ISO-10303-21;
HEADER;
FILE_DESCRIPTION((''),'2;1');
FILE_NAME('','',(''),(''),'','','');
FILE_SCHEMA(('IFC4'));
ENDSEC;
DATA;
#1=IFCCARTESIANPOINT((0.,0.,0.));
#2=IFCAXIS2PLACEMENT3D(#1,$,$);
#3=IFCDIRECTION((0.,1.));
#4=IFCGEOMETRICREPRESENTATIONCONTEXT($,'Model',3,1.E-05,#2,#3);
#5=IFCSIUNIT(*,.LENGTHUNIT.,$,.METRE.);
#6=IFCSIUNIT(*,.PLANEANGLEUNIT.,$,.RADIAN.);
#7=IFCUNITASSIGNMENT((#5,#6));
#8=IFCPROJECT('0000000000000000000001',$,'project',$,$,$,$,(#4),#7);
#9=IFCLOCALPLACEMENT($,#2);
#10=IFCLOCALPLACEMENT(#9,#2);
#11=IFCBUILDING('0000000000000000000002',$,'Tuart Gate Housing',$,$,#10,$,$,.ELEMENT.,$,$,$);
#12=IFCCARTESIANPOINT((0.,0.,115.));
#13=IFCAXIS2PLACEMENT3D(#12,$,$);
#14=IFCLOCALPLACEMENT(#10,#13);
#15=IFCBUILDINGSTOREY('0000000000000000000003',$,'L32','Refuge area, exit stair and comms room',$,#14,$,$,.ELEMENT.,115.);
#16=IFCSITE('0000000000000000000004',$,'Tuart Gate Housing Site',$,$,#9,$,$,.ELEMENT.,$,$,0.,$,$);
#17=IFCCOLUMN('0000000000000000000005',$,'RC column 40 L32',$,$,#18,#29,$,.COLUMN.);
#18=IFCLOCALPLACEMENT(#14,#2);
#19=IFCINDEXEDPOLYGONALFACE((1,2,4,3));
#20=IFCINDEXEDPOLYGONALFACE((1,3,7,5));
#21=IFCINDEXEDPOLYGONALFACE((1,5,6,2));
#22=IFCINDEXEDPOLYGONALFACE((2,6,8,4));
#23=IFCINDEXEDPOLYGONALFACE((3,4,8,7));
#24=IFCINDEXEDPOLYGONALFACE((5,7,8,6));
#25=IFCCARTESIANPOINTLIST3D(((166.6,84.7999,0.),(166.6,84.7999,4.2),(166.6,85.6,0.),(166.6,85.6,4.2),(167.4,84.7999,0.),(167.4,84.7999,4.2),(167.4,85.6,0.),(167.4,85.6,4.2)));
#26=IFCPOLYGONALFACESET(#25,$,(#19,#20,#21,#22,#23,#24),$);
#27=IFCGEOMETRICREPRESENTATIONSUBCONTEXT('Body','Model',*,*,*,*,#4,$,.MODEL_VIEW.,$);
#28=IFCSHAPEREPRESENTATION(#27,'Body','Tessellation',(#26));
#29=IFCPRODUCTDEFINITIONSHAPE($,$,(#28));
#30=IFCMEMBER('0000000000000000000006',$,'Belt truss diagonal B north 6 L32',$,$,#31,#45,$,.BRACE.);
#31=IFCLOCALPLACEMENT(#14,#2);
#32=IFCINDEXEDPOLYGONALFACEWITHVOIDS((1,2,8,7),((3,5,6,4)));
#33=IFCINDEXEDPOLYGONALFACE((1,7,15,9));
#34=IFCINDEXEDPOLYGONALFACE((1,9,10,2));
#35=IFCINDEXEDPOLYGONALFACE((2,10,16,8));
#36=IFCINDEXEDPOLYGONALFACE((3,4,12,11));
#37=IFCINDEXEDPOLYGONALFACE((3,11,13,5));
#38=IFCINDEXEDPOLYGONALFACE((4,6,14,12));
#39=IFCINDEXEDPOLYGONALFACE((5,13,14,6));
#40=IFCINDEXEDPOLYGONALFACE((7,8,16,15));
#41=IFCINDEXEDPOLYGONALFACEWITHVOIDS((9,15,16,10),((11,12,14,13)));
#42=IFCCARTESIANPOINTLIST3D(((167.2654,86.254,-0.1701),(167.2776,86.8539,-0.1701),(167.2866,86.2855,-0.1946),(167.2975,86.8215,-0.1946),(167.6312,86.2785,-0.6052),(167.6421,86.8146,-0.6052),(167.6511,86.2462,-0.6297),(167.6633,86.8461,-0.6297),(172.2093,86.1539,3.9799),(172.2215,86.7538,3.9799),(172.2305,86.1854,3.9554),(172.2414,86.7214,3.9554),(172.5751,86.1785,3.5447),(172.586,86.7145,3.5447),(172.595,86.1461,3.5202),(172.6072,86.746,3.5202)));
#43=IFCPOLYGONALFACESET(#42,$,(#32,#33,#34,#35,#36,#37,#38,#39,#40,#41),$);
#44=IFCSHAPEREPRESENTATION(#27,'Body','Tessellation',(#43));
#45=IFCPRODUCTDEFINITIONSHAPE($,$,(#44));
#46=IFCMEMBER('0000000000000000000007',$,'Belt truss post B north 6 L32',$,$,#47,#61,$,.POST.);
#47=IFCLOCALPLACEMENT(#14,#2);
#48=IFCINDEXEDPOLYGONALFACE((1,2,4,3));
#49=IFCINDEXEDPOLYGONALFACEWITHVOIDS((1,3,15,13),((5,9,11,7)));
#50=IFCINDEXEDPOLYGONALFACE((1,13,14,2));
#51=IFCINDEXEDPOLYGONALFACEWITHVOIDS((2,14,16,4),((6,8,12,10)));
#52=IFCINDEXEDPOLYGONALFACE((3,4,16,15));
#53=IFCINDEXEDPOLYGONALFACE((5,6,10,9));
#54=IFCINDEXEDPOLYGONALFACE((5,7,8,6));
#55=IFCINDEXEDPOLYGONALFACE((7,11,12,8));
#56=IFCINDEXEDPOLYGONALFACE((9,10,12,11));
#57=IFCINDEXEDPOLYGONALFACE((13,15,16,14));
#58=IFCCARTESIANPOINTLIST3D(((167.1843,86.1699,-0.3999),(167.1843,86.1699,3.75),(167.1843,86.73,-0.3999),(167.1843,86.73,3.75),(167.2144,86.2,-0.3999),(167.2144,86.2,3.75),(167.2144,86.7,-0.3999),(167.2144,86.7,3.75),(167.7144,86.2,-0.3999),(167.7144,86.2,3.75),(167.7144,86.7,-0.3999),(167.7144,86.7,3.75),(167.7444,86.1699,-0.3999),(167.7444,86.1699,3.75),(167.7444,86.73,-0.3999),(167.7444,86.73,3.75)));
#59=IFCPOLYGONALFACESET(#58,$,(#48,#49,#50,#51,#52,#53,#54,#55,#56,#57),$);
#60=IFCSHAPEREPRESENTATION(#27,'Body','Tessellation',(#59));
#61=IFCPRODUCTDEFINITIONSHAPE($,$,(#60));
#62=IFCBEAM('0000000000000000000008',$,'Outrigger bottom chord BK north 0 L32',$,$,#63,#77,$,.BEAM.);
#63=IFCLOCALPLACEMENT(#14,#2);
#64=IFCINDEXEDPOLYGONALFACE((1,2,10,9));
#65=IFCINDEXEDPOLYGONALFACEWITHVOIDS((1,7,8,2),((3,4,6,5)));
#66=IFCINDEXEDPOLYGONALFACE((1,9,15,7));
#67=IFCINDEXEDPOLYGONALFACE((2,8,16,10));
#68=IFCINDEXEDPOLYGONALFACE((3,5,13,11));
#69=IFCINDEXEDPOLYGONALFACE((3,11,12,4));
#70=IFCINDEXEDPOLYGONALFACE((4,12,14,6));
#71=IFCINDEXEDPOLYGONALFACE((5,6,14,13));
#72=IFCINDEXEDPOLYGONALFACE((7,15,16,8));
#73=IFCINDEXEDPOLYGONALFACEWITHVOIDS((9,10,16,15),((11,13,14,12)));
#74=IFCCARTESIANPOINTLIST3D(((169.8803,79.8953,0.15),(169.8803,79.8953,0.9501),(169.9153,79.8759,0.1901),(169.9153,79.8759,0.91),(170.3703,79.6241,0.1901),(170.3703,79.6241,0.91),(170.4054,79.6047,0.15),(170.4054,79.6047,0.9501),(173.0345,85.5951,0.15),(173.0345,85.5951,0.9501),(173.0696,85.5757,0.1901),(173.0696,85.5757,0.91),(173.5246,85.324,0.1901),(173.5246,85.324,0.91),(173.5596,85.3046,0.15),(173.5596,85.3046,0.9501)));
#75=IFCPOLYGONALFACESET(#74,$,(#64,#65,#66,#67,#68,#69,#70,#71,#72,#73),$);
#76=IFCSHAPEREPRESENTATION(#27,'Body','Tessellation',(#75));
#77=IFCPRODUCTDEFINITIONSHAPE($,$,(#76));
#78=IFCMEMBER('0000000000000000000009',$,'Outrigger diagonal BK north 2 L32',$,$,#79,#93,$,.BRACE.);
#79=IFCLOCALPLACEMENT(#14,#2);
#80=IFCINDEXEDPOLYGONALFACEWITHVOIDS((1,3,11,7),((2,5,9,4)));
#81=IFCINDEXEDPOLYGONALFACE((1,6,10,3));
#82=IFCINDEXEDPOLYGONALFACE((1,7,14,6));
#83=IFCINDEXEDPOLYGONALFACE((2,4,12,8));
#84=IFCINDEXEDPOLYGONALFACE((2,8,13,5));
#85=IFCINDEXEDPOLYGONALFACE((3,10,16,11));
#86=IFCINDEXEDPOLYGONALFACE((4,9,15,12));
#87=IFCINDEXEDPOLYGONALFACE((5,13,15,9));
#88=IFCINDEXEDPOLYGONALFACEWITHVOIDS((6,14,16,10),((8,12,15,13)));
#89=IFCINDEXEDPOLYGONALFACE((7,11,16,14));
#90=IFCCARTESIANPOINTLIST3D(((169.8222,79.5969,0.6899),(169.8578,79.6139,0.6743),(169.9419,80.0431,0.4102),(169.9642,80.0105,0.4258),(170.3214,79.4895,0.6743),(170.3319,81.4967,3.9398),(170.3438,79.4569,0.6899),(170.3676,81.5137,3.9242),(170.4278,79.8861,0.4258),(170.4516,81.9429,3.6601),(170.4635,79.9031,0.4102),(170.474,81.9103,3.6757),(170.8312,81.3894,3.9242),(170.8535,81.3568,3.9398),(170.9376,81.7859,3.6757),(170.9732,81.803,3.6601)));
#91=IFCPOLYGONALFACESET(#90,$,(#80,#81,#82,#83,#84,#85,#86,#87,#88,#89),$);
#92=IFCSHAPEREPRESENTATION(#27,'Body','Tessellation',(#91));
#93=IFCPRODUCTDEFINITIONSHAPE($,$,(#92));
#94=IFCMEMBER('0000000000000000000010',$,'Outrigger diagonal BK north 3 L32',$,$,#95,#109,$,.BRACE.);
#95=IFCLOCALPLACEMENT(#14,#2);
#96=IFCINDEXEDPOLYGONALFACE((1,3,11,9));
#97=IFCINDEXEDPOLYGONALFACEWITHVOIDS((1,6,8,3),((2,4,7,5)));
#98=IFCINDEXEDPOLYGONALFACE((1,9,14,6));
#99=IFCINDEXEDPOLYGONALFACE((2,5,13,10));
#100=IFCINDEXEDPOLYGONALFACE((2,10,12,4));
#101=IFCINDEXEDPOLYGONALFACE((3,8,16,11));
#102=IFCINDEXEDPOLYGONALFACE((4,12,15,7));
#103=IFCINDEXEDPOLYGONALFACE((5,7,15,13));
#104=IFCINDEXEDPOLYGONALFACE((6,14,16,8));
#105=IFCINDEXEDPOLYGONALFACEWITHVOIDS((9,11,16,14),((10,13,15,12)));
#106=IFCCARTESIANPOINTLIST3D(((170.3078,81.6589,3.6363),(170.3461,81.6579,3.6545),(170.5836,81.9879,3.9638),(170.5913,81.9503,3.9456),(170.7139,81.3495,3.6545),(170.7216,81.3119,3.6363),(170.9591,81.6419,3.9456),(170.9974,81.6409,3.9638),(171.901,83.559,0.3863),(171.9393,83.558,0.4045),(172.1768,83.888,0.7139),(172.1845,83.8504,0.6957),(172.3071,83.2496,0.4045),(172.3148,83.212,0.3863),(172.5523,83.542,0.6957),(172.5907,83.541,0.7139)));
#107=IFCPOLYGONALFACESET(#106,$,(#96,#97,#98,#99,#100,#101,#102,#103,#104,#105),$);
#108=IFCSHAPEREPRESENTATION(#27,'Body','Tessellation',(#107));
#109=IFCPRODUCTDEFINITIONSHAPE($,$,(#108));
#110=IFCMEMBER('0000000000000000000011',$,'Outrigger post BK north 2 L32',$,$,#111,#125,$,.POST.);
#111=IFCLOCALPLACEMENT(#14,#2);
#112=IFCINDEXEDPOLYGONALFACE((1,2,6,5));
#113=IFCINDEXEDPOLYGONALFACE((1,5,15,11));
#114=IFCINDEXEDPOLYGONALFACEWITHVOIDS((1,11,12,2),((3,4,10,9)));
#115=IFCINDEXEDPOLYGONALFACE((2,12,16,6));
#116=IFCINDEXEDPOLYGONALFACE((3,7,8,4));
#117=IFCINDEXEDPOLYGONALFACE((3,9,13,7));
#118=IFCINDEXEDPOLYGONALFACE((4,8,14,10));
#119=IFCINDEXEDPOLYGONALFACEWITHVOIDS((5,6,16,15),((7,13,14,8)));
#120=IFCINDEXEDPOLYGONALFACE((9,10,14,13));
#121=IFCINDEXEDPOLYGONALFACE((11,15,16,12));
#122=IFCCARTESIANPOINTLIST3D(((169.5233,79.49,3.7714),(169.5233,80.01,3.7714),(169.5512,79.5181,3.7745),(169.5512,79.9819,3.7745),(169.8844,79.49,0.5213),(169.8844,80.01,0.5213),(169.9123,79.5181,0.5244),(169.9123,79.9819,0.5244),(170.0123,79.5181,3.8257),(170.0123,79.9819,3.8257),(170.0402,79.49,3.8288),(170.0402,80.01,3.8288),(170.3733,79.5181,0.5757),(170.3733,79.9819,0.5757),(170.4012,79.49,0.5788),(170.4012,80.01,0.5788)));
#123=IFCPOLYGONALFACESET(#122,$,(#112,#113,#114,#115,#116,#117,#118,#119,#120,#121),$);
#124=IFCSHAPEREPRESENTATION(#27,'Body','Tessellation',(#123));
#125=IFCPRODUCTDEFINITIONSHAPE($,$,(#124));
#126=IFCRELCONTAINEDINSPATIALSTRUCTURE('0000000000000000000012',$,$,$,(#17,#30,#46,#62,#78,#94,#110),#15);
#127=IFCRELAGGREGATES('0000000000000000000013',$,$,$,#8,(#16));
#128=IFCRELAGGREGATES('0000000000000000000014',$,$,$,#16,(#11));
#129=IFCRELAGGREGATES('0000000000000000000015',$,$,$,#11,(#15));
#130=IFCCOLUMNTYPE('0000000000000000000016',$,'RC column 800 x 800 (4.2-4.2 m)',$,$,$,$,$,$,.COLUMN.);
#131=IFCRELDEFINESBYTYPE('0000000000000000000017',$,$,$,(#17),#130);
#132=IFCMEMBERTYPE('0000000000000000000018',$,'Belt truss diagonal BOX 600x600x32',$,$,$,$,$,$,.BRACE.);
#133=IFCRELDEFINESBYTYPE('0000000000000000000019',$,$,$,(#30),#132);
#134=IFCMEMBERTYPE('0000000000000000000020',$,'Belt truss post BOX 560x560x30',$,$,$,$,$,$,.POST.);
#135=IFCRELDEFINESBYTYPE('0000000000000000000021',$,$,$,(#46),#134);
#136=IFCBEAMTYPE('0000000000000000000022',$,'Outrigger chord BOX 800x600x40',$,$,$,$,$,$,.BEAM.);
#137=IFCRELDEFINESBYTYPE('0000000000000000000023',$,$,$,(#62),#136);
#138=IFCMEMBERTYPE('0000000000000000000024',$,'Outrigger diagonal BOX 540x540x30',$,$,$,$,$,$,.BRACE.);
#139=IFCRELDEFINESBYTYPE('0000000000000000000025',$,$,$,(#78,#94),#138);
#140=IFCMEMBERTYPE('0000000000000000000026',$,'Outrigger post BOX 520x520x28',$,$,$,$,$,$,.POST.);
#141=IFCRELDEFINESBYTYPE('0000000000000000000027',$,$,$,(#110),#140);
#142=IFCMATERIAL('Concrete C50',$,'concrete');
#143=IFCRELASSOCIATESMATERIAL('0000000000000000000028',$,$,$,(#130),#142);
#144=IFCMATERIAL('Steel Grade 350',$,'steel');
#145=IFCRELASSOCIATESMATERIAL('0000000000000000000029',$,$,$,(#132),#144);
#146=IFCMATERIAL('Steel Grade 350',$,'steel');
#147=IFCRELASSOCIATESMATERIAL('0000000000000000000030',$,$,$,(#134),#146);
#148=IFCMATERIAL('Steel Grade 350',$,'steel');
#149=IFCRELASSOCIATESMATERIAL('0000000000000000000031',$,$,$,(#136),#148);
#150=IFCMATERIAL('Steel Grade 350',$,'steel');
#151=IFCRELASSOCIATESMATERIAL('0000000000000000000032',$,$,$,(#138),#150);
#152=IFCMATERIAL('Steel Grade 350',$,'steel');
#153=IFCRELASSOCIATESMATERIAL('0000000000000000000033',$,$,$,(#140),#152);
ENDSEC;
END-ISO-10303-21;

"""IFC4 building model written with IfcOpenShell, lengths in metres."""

from ifc_helpers import new_model, si_unit, direction, frame, origin, origin_2d, place, context, subcontext, project, spatial, rectangle, hollow_rectangle, extrude, material, material_profile, profile_set, type_object, element, save


model = new_model("IFC4")

# Units and contexts
model_context = context("Model", 3, precision=1e-05, world=origin(), true_north=direction((0.0, 1.0)))
body_context = subcontext(model_context, "Body", "Model", "MODEL_VIEW")
ifc_project = project(units=[si_unit("LENGTHUNIT", "METRE"), si_unit("PLANEANGLEUNIT", "RADIAN")], contexts=[model_context])

# Site, building, storey
site_placement = place(None, origin())
site = spatial("IfcSite", under=ifc_project, at=site_placement, Name="Tuart Gate Housing Site", CompositionType="ELEMENT", RefElevation=0.0)
building_placement = place(site_placement, origin())
building = spatial("IfcBuilding", under=site, at=building_placement, Name="Tuart Gate Housing", CompositionType="ELEMENT")
storey_placement = place(building_placement, frame((0.0, 0.0, 115.0)))
storey = spatial("IfcBuildingStorey", under=building, at=storey_placement, Name="L32", Description="Refuge area, exit stair and comms room", CompositionType="ELEMENT", Elevation=115.0)

# Column
ifc_material_1 = material(Name="Concrete C50", Category="concrete")
ifc_material_profile_1 = material_profile(ifc_material_1, rectangle(XDim=0.8, YDim=0.8, at=origin_2d()), Name="RC column 800 x 800 (4.2-4.2 m)")
ifc_profile_set_1 = profile_set([ifc_material_profile_1], Name="Concrete C50")
column_type = type_object("IfcColumnType", Name="RC column 800 x 800 (4.2-4.2 m)", PredefinedType="COLUMN", material=ifc_profile_set_1)
column_placement = place(storey_placement, frame((167.0, 85.2, 0.0), z_axis=(0.0, 0.0, 1.0), x_axis=(1.0, 0.0, 0.0)))
element("IfcColumn", 1, at=column_placement, inside=storey, type_object=column_type, Name="RC column 40 L32", PredefinedType="COLUMN", context=body_context, shape_type="SweptSolid", body=[
    extrude(rectangle(XDim=0.8, YDim=0.8, at=origin_2d()), origin(), (0.0, 0.0, 1.0), 4.2),
])

# Members
ifc_material_2 = material(Name="Steel Grade 350", Category="steel")
ifc_material_profile_2 = material_profile(ifc_material_2, hollow_rectangle(XDim=0.6001, YDim=0.6001, WallThickness=0.032, at=origin_2d()), Name="BOX 600x600x32")
ifc_profile_set_2 = profile_set([ifc_material_profile_2], Name="Steel Grade 350")
member_type_1 = type_object("IfcMemberType", Name="Belt truss diagonal BOX 600x600x32", PredefinedType="BRACE", material=ifc_profile_set_2)
member_1_placement = place(storey_placement, frame((167.4644, 86.55, -0.3999), z_axis=(0.765836, -0.015506, 0.642849), x_axis=(0.020243, 0.999795, 0.0)))
element("IfcMember", 2, at=member_1_placement, inside=storey, type_object=member_type_1, Name="Belt truss diagonal B north 6 L32", PredefinedType="BRACE", context=body_context, shape_type="SweptSolid", body=[
    extrude(hollow_rectangle(XDim=0.6001, YDim=0.6001, WallThickness=0.032, at=origin_2d()), origin(), (0.0, 0.0, 1.0), 6.4556),
])
ifc_material_3 = material(Name="Steel Grade 350", Category="steel")
ifc_material_profile_3 = material_profile(ifc_material_3, hollow_rectangle(XDim=0.5601, YDim=0.5601, WallThickness=0.03, at=origin_2d()), Name="BOX 560x560x30")
ifc_profile_set_3 = profile_set([ifc_material_profile_3], Name="Steel Grade 350")
member_type_2 = type_object("IfcMemberType", Name="Belt truss post BOX 560x560x30", PredefinedType="POST", material=ifc_profile_set_3)
member_2_placement = place(storey_placement, frame((167.4644, 86.45, -0.3999), z_axis=(0.0, 0.0, 1.0), x_axis=(1.0, 0.0, 0.0)))
element("IfcMember", 3, at=member_2_placement, inside=storey, type_object=member_type_2, Name="Belt truss post B north 6 L32", PredefinedType="POST", context=body_context, shape_type="SweptSolid", body=[
    extrude(hollow_rectangle(XDim=0.5601, YDim=0.5601, WallThickness=0.03, at=origin_2d()), origin(), (0.0, 0.0, 1.0), 4.1499),
])

# Beam
ifc_material_4 = material(Name="Steel Grade 350", Category="steel")
ifc_material_profile_4 = material_profile(ifc_material_4, hollow_rectangle(XDim=0.6001, YDim=0.8, WallThickness=0.04, at=origin_2d()), Name="BOX 800x600x40")
ifc_profile_set_4 = profile_set([ifc_material_profile_4], Name="Steel Grade 350")
beam_type = type_object("IfcBeamType", Name="Outrigger chord BOX 800x600x40", PredefinedType="BEAM", material=ifc_profile_set_4)
beam_placement = place(storey_placement, frame((170.1428, 79.75, 0.55), z_axis=(0.484194, 0.87496, 0.0), x_axis=(-0.87496, 0.484194, 0.0)))
element("IfcBeam", 4, at=beam_placement, inside=storey, type_object=beam_type, Name="Outrigger bottom chord BK north 0 L32", PredefinedType="BEAM", context=body_context, shape_type="SweptSolid", body=[
    extrude(hollow_rectangle(XDim=0.6001, YDim=0.8, WallThickness=0.04, at=origin_2d()), origin(), (0.0, 0.0, 1.0), 6.5144),
])

# Members
ifc_material_5 = material(Name="Steel Grade 350", Category="steel")
ifc_material_profile_5 = material_profile(ifc_material_5, hollow_rectangle(XDim=0.54, YDim=0.54, WallThickness=0.03, at=origin_2d()), Name="BOX 540x540x30")
ifc_profile_set_5 = profile_set([ifc_material_profile_5], Name="Steel Grade 350")
member_type_3 = type_object("IfcMemberType", Name="Outrigger diagonal BOX 540x540x30", PredefinedType="BRACE", material=ifc_profile_set_5)
member_3_placement = place(storey_placement, frame((170.1428, 79.75, 0.55), z_axis=(0.134186, 0.500113, 0.8555), x_axis=(-0.965838, 0.259146, 0.0)))
element("IfcMember", 5, at=member_3_placement, inside=storey, type_object=member_type_3, Name="Outrigger diagonal BK north 2 L32", PredefinedType="BRACE", context=body_context, shape_type="SweptSolid", body=[
    extrude(hollow_rectangle(XDim=0.54, YDim=0.54, WallThickness=0.03, at=origin_2d()), origin(), (0.0, 0.0, 1.0), 3.7988),
])
member_4_placement = place(storey_placement, frame((170.6526, 81.6499, 3.8), z_axis=(0.389744, 0.464814, -0.795015), x_axis=(-0.766273, 0.642515, 0.0)))
element("IfcMember", 6, at=member_4_placement, inside=storey, type_object=member_type_3, Name="Outrigger diagonal BK north 3 L32", PredefinedType="BRACE", context=body_context, shape_type="SweptSolid", body=[
    extrude(hollow_rectangle(XDim=0.54, YDim=0.54, WallThickness=0.03, at=origin_2d()), origin(), (0.0, 0.0, 1.0), 4.0879),
])
ifc_material_6 = material(Name="Steel Grade 350", Category="steel")
ifc_material_profile_6 = material_profile(ifc_material_6, hollow_rectangle(XDim=0.52, YDim=0.52, WallThickness=0.0281, at=origin_2d()), Name="BOX 520x520x28")
ifc_profile_set_6 = profile_set([ifc_material_profile_6], Name="Steel Grade 350")
member_type_4 = type_object("IfcMemberType", Name="Outrigger post BOX 520x520x28", PredefinedType="POST", material=ifc_profile_set_6)
member_5_placement = place(storey_placement, frame((170.1428, 79.75, 0.55), z_axis=(-0.110423, 0.0, 0.993885), x_axis=(0.0, -1.0, 0.0)))
element("IfcMember", 7, at=member_5_placement, inside=storey, type_object=member_type_4, Name="Outrigger post BK north 2 L32", PredefinedType="POST", context=body_context, shape_type="SweptSolid", body=[
    extrude(hollow_rectangle(XDim=0.52, YDim=0.52, WallThickness=0.0281, at=origin_2d()), origin(), (0.0, 0.0, 1.0), 3.27),
])

save(model, "model.ifc")
